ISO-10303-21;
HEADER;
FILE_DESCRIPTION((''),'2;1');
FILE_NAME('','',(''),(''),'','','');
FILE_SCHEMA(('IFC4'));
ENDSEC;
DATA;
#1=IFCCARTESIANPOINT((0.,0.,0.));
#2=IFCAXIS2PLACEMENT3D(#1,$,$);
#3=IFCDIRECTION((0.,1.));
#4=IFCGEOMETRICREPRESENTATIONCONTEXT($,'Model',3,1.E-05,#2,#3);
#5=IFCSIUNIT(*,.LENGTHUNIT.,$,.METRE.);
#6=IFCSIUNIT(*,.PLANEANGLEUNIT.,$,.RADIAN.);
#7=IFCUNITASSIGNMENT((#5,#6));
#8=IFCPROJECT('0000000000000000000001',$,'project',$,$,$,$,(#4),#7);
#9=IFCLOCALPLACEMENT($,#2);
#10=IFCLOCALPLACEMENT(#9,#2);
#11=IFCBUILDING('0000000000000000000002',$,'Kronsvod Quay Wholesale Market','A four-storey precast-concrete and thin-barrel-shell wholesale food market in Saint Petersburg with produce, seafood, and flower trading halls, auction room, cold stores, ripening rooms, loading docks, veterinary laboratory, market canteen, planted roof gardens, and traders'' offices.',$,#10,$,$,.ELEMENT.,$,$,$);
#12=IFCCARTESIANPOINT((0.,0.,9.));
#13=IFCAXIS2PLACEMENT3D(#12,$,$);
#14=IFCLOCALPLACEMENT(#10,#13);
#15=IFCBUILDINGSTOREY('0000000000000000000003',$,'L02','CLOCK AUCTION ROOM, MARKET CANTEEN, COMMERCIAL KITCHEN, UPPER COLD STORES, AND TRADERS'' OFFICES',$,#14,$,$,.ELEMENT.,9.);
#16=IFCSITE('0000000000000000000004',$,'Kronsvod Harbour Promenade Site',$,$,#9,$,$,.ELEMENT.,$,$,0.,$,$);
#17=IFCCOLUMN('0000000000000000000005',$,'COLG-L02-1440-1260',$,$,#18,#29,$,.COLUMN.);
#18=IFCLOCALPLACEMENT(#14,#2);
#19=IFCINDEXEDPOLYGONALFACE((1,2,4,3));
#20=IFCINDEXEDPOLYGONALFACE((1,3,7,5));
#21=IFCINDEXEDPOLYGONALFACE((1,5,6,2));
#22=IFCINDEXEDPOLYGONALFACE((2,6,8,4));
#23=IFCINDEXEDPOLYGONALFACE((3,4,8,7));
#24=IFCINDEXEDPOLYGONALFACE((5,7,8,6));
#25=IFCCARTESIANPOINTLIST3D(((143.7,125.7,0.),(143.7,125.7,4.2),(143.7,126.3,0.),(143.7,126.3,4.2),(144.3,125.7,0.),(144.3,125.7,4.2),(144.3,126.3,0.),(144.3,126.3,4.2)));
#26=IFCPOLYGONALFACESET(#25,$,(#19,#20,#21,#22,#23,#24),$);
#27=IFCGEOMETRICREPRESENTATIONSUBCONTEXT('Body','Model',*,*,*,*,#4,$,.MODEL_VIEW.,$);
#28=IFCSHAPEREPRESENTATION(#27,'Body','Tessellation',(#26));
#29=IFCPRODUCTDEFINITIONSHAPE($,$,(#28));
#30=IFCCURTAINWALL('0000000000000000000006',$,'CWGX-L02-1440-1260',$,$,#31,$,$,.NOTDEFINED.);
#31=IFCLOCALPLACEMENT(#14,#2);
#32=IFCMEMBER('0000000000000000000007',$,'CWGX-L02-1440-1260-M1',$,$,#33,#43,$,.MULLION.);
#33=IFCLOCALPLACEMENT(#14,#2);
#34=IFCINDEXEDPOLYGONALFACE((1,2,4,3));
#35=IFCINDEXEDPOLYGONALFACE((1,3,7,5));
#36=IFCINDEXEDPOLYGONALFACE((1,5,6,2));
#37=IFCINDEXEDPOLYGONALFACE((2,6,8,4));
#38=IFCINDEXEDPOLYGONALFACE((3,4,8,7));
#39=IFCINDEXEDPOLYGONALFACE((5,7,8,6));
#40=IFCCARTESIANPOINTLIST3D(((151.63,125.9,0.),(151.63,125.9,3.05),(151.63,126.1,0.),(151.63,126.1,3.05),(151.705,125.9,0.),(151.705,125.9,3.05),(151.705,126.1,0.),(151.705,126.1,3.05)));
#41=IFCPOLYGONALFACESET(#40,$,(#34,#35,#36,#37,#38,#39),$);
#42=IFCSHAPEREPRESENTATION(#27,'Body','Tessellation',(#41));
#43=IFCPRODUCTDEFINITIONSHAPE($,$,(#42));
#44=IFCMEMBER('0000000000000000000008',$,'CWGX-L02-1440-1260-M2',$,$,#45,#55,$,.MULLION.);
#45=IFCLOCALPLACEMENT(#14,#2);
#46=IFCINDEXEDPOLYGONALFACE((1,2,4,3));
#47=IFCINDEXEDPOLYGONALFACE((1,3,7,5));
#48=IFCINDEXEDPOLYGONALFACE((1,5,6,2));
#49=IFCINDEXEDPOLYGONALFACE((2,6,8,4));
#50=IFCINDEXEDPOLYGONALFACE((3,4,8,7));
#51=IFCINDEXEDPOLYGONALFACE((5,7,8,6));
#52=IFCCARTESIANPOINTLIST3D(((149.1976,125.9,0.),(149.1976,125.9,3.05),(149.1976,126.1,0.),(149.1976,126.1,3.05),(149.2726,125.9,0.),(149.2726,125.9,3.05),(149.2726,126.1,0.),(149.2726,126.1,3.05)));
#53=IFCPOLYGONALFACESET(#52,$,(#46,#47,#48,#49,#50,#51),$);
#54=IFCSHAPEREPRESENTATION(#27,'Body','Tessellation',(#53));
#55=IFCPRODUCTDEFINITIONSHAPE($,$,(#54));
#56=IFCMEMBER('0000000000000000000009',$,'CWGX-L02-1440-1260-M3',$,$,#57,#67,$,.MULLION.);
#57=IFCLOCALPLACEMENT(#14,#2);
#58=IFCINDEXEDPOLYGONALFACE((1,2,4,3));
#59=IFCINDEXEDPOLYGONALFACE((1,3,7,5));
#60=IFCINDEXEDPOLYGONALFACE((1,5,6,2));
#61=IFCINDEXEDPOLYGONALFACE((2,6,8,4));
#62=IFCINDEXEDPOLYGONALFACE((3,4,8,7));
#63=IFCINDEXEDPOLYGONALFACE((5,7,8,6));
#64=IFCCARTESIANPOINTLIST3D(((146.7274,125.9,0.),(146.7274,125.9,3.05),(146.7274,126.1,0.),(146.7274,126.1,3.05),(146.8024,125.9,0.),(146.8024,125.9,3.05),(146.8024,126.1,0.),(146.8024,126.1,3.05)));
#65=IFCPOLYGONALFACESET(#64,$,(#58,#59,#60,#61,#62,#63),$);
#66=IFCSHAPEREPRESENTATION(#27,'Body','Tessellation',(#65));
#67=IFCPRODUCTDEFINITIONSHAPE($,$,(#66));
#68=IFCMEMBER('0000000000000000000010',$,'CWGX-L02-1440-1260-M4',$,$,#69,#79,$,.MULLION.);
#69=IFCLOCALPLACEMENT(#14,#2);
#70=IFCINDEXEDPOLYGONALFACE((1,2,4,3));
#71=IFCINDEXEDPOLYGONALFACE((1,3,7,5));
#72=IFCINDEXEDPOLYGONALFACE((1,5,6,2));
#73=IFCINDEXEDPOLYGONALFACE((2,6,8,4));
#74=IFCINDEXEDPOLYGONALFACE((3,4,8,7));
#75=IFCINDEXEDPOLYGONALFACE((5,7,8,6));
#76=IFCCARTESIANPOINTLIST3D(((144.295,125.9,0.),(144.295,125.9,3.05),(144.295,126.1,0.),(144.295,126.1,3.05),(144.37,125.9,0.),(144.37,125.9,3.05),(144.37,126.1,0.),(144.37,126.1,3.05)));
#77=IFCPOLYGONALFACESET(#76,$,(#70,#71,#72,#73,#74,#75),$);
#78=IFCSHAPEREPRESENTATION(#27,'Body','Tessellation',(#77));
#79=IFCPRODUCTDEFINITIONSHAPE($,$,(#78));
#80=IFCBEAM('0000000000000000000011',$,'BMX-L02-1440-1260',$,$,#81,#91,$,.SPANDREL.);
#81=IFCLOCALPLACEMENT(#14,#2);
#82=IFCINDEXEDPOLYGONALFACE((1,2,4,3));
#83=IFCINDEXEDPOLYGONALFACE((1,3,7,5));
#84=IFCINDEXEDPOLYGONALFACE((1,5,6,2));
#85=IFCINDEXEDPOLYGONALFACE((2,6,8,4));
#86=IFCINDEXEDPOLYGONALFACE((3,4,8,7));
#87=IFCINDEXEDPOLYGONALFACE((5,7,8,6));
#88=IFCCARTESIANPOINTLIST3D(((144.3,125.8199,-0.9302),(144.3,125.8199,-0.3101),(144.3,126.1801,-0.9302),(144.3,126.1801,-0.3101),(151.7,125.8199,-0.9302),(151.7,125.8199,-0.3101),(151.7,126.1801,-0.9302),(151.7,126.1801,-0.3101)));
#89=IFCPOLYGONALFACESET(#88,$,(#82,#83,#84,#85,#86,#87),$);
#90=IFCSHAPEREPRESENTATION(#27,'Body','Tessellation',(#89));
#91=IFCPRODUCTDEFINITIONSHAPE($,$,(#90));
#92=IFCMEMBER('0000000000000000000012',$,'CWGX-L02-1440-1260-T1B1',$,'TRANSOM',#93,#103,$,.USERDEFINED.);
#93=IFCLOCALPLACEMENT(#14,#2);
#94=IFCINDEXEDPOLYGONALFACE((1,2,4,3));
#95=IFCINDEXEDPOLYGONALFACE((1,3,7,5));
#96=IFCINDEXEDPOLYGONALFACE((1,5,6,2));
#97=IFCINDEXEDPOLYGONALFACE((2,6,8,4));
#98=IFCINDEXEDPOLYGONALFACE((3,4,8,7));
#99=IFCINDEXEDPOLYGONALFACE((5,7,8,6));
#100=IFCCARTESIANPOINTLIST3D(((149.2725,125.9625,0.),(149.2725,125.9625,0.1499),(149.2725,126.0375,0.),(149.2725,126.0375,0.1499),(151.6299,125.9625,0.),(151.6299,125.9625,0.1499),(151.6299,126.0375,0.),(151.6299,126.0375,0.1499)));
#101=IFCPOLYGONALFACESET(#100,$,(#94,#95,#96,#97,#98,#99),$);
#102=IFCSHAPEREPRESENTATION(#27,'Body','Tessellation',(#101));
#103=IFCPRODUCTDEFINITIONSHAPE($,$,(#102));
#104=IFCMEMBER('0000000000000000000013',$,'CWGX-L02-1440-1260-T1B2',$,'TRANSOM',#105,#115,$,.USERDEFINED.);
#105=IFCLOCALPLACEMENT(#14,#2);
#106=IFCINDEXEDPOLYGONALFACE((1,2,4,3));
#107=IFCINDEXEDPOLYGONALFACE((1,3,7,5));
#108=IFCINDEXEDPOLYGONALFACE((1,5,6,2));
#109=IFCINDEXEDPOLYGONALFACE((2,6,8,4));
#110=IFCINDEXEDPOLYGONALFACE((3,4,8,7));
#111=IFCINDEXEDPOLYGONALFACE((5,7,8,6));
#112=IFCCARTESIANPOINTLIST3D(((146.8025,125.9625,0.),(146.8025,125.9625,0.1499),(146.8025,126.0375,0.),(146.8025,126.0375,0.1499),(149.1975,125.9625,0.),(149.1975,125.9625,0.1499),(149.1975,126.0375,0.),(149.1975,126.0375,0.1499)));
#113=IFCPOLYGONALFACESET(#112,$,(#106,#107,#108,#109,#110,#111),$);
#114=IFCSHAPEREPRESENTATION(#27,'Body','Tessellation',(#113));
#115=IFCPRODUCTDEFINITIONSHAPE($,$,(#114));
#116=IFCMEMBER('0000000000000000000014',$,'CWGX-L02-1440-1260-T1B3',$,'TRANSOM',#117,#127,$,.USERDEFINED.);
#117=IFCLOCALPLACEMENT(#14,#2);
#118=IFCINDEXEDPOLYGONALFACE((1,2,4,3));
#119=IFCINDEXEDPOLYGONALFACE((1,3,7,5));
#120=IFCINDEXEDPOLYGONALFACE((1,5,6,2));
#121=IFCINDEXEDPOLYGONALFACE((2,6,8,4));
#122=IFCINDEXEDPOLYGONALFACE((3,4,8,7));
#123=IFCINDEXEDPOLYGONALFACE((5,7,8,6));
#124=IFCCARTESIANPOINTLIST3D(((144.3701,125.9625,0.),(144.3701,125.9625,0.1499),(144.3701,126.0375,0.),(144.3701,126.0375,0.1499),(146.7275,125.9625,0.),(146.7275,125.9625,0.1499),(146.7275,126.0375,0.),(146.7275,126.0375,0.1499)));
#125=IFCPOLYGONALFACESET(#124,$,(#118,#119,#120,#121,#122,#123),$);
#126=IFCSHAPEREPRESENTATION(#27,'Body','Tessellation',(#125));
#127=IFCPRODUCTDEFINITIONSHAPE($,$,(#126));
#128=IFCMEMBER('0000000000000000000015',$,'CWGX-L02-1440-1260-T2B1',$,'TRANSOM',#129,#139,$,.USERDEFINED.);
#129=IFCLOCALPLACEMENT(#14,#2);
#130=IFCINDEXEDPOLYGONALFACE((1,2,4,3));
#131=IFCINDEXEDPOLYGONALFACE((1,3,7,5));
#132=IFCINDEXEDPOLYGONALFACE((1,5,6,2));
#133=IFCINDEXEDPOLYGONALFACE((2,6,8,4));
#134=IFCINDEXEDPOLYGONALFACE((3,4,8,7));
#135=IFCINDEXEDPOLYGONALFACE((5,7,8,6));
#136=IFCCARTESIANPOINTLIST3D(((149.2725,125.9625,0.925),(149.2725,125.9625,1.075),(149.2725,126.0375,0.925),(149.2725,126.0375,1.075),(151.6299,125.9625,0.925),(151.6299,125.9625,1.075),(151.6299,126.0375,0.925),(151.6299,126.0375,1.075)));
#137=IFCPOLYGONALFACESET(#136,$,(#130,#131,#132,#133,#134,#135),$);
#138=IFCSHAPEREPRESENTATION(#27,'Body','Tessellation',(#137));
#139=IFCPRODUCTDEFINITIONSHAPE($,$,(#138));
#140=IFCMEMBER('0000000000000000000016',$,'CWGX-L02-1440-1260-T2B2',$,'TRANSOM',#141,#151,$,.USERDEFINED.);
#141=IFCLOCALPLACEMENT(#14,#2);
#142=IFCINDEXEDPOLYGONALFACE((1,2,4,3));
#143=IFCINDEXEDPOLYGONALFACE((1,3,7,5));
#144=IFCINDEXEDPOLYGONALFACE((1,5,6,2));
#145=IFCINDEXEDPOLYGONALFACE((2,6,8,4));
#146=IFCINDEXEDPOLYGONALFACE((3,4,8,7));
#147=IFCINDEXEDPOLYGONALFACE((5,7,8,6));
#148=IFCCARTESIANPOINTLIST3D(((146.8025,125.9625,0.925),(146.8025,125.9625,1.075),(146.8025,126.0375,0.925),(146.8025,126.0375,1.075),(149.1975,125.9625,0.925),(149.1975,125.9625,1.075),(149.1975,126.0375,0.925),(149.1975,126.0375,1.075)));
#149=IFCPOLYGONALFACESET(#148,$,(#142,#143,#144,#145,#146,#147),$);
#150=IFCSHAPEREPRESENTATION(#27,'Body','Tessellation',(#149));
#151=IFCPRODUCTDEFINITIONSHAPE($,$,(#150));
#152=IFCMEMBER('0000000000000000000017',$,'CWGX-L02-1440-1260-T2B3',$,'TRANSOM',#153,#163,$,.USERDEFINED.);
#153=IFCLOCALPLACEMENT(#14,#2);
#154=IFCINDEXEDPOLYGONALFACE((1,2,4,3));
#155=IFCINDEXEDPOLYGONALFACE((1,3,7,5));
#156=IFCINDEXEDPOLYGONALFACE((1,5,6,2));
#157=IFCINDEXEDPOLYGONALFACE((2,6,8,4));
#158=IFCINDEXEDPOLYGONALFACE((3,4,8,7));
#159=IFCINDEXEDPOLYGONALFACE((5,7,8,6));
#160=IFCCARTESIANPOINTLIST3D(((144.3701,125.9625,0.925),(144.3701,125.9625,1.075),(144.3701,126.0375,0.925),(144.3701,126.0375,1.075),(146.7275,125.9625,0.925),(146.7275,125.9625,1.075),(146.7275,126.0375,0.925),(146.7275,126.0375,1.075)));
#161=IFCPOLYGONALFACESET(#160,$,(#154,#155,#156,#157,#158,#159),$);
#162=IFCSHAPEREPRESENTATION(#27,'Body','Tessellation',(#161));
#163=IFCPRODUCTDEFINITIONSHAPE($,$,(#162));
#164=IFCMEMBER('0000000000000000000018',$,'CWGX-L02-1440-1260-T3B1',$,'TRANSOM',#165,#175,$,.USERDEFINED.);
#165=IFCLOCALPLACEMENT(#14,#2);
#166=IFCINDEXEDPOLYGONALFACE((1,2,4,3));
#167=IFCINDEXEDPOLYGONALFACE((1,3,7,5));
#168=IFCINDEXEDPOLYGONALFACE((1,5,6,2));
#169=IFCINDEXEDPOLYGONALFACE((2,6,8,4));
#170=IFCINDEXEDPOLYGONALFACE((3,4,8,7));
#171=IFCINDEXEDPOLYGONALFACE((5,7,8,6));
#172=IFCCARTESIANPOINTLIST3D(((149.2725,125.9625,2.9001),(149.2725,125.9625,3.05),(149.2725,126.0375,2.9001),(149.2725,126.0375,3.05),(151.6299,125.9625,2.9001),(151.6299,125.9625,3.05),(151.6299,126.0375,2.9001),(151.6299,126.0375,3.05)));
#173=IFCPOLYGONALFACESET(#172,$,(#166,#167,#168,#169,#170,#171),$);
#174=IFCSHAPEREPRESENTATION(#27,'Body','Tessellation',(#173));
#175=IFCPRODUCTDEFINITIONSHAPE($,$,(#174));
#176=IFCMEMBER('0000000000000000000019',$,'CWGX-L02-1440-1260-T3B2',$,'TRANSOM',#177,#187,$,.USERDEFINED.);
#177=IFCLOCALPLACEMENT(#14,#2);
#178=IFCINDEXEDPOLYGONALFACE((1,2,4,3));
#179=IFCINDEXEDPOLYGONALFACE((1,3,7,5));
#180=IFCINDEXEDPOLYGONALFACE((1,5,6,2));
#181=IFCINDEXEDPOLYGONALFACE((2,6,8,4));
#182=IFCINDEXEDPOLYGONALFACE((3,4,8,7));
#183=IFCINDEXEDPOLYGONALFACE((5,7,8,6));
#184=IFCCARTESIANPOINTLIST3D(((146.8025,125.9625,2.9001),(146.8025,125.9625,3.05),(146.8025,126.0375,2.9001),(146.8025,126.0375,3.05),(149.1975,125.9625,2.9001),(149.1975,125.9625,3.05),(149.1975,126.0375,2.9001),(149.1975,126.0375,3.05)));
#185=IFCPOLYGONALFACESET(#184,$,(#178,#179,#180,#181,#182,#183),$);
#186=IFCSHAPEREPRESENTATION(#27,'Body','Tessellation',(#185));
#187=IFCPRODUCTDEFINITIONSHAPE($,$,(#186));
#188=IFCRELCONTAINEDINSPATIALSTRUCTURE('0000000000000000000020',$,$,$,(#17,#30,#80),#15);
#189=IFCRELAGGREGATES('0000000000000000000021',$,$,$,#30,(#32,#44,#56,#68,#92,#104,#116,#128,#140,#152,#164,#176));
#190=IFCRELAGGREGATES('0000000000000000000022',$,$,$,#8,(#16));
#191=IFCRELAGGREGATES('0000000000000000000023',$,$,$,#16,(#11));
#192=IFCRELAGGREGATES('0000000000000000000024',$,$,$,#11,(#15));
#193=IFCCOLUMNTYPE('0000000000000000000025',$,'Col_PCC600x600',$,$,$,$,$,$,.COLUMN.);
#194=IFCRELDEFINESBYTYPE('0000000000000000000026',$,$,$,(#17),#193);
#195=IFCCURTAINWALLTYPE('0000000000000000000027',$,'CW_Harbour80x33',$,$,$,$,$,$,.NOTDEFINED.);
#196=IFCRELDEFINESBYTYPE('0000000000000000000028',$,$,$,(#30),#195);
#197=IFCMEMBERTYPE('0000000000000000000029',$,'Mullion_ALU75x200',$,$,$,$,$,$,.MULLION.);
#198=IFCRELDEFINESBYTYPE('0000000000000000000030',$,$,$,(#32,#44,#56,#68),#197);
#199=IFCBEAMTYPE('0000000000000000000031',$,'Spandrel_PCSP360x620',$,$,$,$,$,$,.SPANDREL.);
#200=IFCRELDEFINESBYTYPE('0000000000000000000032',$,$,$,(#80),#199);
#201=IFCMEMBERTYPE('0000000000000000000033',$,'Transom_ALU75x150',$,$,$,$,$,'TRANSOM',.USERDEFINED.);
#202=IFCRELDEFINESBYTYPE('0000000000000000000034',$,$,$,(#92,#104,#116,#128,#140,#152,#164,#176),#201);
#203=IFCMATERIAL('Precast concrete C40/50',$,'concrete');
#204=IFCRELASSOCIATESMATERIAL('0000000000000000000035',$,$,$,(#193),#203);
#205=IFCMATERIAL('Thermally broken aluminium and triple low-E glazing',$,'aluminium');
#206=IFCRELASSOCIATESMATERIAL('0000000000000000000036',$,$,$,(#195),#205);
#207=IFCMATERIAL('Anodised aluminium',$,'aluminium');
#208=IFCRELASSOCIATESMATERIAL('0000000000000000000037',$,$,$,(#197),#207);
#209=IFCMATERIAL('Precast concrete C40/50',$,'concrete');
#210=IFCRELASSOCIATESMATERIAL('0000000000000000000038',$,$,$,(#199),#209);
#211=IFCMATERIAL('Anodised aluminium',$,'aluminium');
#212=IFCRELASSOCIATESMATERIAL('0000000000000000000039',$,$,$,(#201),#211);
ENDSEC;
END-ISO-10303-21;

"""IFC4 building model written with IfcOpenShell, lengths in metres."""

from ifc_helpers import new_model, si_unit, direction, frame, origin, origin_2d, place, context, subcontext, project, spatial, rectangle, extrude, material, material_profile, profile_set, type_object, element, aggregate, save


model = new_model("IFC4")

# Units and contexts
model_context = context("Model", 3, precision=1e-05, world=origin(), true_north=direction((0.0, 1.0)))
body_context = subcontext(model_context, "Body", "Model", "MODEL_VIEW")
ifc_project = project(units=[si_unit("LENGTHUNIT", "METRE"), si_unit("PLANEANGLEUNIT", "RADIAN")], contexts=[model_context])

# Site, building, storey
site_placement = place(None, origin())
site = spatial("IfcSite", under=ifc_project, at=site_placement, Name="Kronsvod Harbour Promenade Site", CompositionType="ELEMENT", RefElevation=0.0)
building_placement = place(site_placement, origin())
building = spatial("IfcBuilding", under=site, at=building_placement, Name="Kronsvod Quay Wholesale Market", Description="A four-storey precast-concrete and thin-barrel-shell wholesale food market in Saint Petersburg with produce, seafood, and flower trading halls, auction room, cold stores, ripening rooms, loading docks, veterinary laboratory, market canteen, planted roof gardens, and traders' offices.", CompositionType="ELEMENT")
storey_placement = place(building_placement, frame((0.0, 0.0, 9.0)))
storey = spatial("IfcBuildingStorey", under=building, at=storey_placement, Name="L02", Description="CLOCK AUCTION ROOM, MARKET CANTEEN, COMMERCIAL KITCHEN, UPPER COLD STORES, AND TRADERS' OFFICES", CompositionType="ELEMENT", Elevation=9.0)

# Column
ifc_material_1 = material(Name="Precast concrete C40/50", Category="concrete")
ifc_material_profile_1 = material_profile(ifc_material_1, rectangle(XDim=0.6001, YDim=0.6001, at=origin_2d()), Name="PCC600x600")
ifc_profile_set_1 = profile_set([ifc_material_profile_1], Name="Precast concrete C40/50")
column_type = type_object("IfcColumnType", Name="Col_PCC600x600", PredefinedType="COLUMN", material=ifc_profile_set_1)
column_placement = place(storey_placement, frame((144.0, 126.0, 0.0), z_axis=(0.0, 0.0, 1.0), x_axis=(1.0, 0.0, 0.0)))
element("IfcColumn", 1, at=column_placement, inside=storey, type_object=column_type, Name="COLG-L02-1440-1260", PredefinedType="COLUMN", context=body_context, shape_type="SweptSolid", body=[
    extrude(rectangle(XDim=0.6001, YDim=0.6001, at=origin_2d()), origin(), (0.0, 0.0, 1.0), 4.2),
])

# Curtain wall, members
ifc_material_2 = material(Name="Thermally broken aluminium and triple low-E glazing", Category="aluminium")
curtain_wall_type = type_object("IfcCurtainWallType", Name="CW_Harbour80x33", PredefinedType="NOTDEFINED", material=ifc_material_2)
curtain_wall_placement = place(storey_placement, origin())
curtain_wall = element("IfcCurtainWall", 2, at=curtain_wall_placement, inside=storey, type_object=curtain_wall_type, Name="CWGX-L02-1440-1260", PredefinedType="NOTDEFINED")
ifc_material_3 = material(Name="Anodised aluminium", Category="aluminium")
ifc_material_profile_2 = material_profile(ifc_material_3, rectangle(XDim=0.075, YDim=0.2, at=origin_2d()), Name="ALUM75x200")
ifc_profile_set_2 = profile_set([ifc_material_profile_2], Name="Anodised aluminium")
member_type_1 = type_object("IfcMemberType", Name="Mullion_ALU75x200", PredefinedType="MULLION", material=ifc_profile_set_2)
member_1_placement = place(storey_placement, frame((151.6675, 126.0, 0.0), z_axis=(0.0, 0.0, 1.0), x_axis=(1.0, 0.0, 0.0)))
member_1 = element("IfcMember", 3, at=member_1_placement, type_object=member_type_1, Name="CWGX-L02-1440-1260-M1", PredefinedType="MULLION", context=body_context, shape_type="SweptSolid", body=[
    extrude(rectangle(XDim=0.075, YDim=0.2, at=origin_2d()), origin(), (0.0, 0.0, 1.0), 3.05),
])
member_2_placement = place(storey_placement, frame((149.2351, 126.0, 0.0), z_axis=(0.0, 0.0, 1.0), x_axis=(1.0, 0.0, 0.0)))
member_2 = element("IfcMember", 4, at=member_2_placement, type_object=member_type_1, Name="CWGX-L02-1440-1260-M2", PredefinedType="MULLION", context=body_context, shape_type="SweptSolid", body=[
    extrude(rectangle(XDim=0.075, YDim=0.2, at=origin_2d()), origin(), (0.0, 0.0, 1.0), 3.05),
])
member_3_placement = place(storey_placement, frame((146.7649, 126.0, 0.0), z_axis=(0.0, 0.0, 1.0), x_axis=(1.0, 0.0, 0.0)))
member_3 = element("IfcMember", 5, at=member_3_placement, type_object=member_type_1, Name="CWGX-L02-1440-1260-M3", PredefinedType="MULLION", context=body_context, shape_type="SweptSolid", body=[
    extrude(rectangle(XDim=0.075, YDim=0.2, at=origin_2d()), origin(), (0.0, 0.0, 1.0), 3.05),
])
member_4_placement = place(storey_placement, frame((144.3325, 126.0, 0.0), z_axis=(0.0, 0.0, 1.0), x_axis=(1.0, 0.0, 0.0)))
member_4 = element("IfcMember", 6, at=member_4_placement, type_object=member_type_1, Name="CWGX-L02-1440-1260-M4", PredefinedType="MULLION", context=body_context, shape_type="SweptSolid", body=[
    extrude(rectangle(XDim=0.075, YDim=0.2, at=origin_2d()), origin(), (0.0, 0.0, 1.0), 3.05),
])

# Beam
ifc_material_4 = material(Name="Precast concrete C40/50", Category="concrete")
ifc_material_profile_3 = material_profile(ifc_material_4, rectangle(XDim=0.3601, YDim=0.6201, at=origin_2d()), Name="SPB-02")
ifc_profile_set_3 = profile_set([ifc_material_profile_3], Name="Precast concrete C40/50")
beam_type = type_object("IfcBeamType", Name="Spandrel_PCSP360x620", PredefinedType="SPANDREL", material=ifc_profile_set_3)
beam_placement = place(storey_placement, frame((144.3, 126.0, -0.6201), z_axis=(1.0, 0.0, 0.0), x_axis=(0.0, 1.0, 0.0)))
element("IfcBeam", 7, at=beam_placement, inside=storey, type_object=beam_type, Name="BMX-L02-1440-1260", PredefinedType="SPANDREL", context=body_context, shape_type="SweptSolid", body=[
    extrude(rectangle(XDim=0.3601, YDim=0.6201, at=origin_2d()), origin(), (0.0, 0.0, 1.0), 7.3999),
])

# Members
ifc_material_5 = material(Name="Anodised aluminium", Category="aluminium")
ifc_material_profile_4 = material_profile(ifc_material_5, rectangle(XDim=0.075, YDim=0.1499, at=origin_2d()), Name="ALUT75x150")
ifc_profile_set_4 = profile_set([ifc_material_profile_4], Name="Anodised aluminium")
member_type_2 = type_object("IfcMemberType", Name="Transom_ALU75x150", ElementType="TRANSOM", PredefinedType="USERDEFINED", material=ifc_profile_set_4)
member_5_placement = place(storey_placement, frame((151.6299, 126.0, 0.075), z_axis=(-1.0, 0.0, 0.0), x_axis=(0.0, -1.0, 0.0)))
member_5 = element("IfcMember", 8, at=member_5_placement, type_object=member_type_2, Name="CWGX-L02-1440-1260-T1B1", ObjectType="TRANSOM", PredefinedType="USERDEFINED", context=body_context, shape_type="SweptSolid", body=[
    extrude(rectangle(XDim=0.075, YDim=0.1499, at=origin_2d()), origin(), (0.0, 0.0, 1.0), 2.3574),
])
member_6_placement = place(storey_placement, frame((149.1975, 126.0, 0.075), z_axis=(-1.0, 0.0, 0.0), x_axis=(0.0, -1.0, 0.0)))
member_6 = element("IfcMember", 9, at=member_6_placement, type_object=member_type_2, Name="CWGX-L02-1440-1260-T1B2", ObjectType="TRANSOM", PredefinedType="USERDEFINED", context=body_context, shape_type="SweptSolid", body=[
    extrude(rectangle(XDim=0.075, YDim=0.1499, at=origin_2d()), origin(), (0.0, 0.0, 1.0), 2.395),
])
member_7_placement = place(storey_placement, frame((146.7275, 126.0, 0.075), z_axis=(-1.0, 0.0, 0.0), x_axis=(0.0, -1.0, 0.0)))
member_7 = element("IfcMember", 10, at=member_7_placement, type_object=member_type_2, Name="CWGX-L02-1440-1260-T1B3", ObjectType="TRANSOM", PredefinedType="USERDEFINED", context=body_context, shape_type="SweptSolid", body=[
    extrude(rectangle(XDim=0.075, YDim=0.1499, at=origin_2d()), origin(), (0.0, 0.0, 1.0), 2.3574),
])
member_8_placement = place(storey_placement, frame((151.6299, 126.0, 1.0), z_axis=(-1.0, 0.0, 0.0), x_axis=(0.0, -1.0, 0.0)))
member_8 = element("IfcMember", 11, at=member_8_placement, type_object=member_type_2, Name="CWGX-L02-1440-1260-T2B1", ObjectType="TRANSOM", PredefinedType="USERDEFINED", context=body_context, shape_type="SweptSolid", body=[
    extrude(rectangle(XDim=0.075, YDim=0.1499, at=origin_2d()), origin(), (0.0, 0.0, 1.0), 2.3574),
])
member_9_placement = place(storey_placement, frame((149.1975, 126.0, 1.0), z_axis=(-1.0, 0.0, 0.0), x_axis=(0.0, -1.0, 0.0)))
member_9 = element("IfcMember", 12, at=member_9_placement, type_object=member_type_2, Name="CWGX-L02-1440-1260-T2B2", ObjectType="TRANSOM", PredefinedType="USERDEFINED", context=body_context, shape_type="SweptSolid", body=[
    extrude(rectangle(XDim=0.075, YDim=0.1499, at=origin_2d()), origin(), (0.0, 0.0, 1.0), 2.395),
])
member_10_placement = place(storey_placement, frame((146.7275, 126.0, 1.0), z_axis=(-1.0, 0.0, 0.0), x_axis=(0.0, -1.0, 0.0)))
member_10 = element("IfcMember", 13, at=member_10_placement, type_object=member_type_2, Name="CWGX-L02-1440-1260-T2B3", ObjectType="TRANSOM", PredefinedType="USERDEFINED", context=body_context, shape_type="SweptSolid", body=[
    extrude(rectangle(XDim=0.075, YDim=0.1499, at=origin_2d()), origin(), (0.0, 0.0, 1.0), 2.3574),
])
member_11_placement = place(storey_placement, frame((151.6299, 126.0, 2.9751), z_axis=(-1.0, 0.0, 0.0), x_axis=(0.0, -1.0, 0.0)))
member_11 = element("IfcMember", 14, at=member_11_placement, type_object=member_type_2, Name="CWGX-L02-1440-1260-T3B1", ObjectType="TRANSOM", PredefinedType="USERDEFINED", context=body_context, shape_type="SweptSolid", body=[
    extrude(rectangle(XDim=0.075, YDim=0.1499, at=origin_2d()), origin(), (0.0, 0.0, 1.0), 2.3574),
])
member_12_placement = place(storey_placement, frame((149.1975, 126.0, 2.9751), z_axis=(-1.0, 0.0, 0.0), x_axis=(0.0, -1.0, 0.0)))
member_12 = element("IfcMember", 15, at=member_12_placement, type_object=member_type_2, Name="CWGX-L02-1440-1260-T3B2", ObjectType="TRANSOM", PredefinedType="USERDEFINED", context=body_context, shape_type="SweptSolid", body=[
    extrude(rectangle(XDim=0.075, YDim=0.1499, at=origin_2d()), origin(), (0.0, 0.0, 1.0), 2.395),
])

aggregate(curtain_wall, [member_1, member_2, member_3, member_4, member_5, member_6, member_7, member_8, member_9, member_10, member_11, member_12])

save(model, "model.ifc")
